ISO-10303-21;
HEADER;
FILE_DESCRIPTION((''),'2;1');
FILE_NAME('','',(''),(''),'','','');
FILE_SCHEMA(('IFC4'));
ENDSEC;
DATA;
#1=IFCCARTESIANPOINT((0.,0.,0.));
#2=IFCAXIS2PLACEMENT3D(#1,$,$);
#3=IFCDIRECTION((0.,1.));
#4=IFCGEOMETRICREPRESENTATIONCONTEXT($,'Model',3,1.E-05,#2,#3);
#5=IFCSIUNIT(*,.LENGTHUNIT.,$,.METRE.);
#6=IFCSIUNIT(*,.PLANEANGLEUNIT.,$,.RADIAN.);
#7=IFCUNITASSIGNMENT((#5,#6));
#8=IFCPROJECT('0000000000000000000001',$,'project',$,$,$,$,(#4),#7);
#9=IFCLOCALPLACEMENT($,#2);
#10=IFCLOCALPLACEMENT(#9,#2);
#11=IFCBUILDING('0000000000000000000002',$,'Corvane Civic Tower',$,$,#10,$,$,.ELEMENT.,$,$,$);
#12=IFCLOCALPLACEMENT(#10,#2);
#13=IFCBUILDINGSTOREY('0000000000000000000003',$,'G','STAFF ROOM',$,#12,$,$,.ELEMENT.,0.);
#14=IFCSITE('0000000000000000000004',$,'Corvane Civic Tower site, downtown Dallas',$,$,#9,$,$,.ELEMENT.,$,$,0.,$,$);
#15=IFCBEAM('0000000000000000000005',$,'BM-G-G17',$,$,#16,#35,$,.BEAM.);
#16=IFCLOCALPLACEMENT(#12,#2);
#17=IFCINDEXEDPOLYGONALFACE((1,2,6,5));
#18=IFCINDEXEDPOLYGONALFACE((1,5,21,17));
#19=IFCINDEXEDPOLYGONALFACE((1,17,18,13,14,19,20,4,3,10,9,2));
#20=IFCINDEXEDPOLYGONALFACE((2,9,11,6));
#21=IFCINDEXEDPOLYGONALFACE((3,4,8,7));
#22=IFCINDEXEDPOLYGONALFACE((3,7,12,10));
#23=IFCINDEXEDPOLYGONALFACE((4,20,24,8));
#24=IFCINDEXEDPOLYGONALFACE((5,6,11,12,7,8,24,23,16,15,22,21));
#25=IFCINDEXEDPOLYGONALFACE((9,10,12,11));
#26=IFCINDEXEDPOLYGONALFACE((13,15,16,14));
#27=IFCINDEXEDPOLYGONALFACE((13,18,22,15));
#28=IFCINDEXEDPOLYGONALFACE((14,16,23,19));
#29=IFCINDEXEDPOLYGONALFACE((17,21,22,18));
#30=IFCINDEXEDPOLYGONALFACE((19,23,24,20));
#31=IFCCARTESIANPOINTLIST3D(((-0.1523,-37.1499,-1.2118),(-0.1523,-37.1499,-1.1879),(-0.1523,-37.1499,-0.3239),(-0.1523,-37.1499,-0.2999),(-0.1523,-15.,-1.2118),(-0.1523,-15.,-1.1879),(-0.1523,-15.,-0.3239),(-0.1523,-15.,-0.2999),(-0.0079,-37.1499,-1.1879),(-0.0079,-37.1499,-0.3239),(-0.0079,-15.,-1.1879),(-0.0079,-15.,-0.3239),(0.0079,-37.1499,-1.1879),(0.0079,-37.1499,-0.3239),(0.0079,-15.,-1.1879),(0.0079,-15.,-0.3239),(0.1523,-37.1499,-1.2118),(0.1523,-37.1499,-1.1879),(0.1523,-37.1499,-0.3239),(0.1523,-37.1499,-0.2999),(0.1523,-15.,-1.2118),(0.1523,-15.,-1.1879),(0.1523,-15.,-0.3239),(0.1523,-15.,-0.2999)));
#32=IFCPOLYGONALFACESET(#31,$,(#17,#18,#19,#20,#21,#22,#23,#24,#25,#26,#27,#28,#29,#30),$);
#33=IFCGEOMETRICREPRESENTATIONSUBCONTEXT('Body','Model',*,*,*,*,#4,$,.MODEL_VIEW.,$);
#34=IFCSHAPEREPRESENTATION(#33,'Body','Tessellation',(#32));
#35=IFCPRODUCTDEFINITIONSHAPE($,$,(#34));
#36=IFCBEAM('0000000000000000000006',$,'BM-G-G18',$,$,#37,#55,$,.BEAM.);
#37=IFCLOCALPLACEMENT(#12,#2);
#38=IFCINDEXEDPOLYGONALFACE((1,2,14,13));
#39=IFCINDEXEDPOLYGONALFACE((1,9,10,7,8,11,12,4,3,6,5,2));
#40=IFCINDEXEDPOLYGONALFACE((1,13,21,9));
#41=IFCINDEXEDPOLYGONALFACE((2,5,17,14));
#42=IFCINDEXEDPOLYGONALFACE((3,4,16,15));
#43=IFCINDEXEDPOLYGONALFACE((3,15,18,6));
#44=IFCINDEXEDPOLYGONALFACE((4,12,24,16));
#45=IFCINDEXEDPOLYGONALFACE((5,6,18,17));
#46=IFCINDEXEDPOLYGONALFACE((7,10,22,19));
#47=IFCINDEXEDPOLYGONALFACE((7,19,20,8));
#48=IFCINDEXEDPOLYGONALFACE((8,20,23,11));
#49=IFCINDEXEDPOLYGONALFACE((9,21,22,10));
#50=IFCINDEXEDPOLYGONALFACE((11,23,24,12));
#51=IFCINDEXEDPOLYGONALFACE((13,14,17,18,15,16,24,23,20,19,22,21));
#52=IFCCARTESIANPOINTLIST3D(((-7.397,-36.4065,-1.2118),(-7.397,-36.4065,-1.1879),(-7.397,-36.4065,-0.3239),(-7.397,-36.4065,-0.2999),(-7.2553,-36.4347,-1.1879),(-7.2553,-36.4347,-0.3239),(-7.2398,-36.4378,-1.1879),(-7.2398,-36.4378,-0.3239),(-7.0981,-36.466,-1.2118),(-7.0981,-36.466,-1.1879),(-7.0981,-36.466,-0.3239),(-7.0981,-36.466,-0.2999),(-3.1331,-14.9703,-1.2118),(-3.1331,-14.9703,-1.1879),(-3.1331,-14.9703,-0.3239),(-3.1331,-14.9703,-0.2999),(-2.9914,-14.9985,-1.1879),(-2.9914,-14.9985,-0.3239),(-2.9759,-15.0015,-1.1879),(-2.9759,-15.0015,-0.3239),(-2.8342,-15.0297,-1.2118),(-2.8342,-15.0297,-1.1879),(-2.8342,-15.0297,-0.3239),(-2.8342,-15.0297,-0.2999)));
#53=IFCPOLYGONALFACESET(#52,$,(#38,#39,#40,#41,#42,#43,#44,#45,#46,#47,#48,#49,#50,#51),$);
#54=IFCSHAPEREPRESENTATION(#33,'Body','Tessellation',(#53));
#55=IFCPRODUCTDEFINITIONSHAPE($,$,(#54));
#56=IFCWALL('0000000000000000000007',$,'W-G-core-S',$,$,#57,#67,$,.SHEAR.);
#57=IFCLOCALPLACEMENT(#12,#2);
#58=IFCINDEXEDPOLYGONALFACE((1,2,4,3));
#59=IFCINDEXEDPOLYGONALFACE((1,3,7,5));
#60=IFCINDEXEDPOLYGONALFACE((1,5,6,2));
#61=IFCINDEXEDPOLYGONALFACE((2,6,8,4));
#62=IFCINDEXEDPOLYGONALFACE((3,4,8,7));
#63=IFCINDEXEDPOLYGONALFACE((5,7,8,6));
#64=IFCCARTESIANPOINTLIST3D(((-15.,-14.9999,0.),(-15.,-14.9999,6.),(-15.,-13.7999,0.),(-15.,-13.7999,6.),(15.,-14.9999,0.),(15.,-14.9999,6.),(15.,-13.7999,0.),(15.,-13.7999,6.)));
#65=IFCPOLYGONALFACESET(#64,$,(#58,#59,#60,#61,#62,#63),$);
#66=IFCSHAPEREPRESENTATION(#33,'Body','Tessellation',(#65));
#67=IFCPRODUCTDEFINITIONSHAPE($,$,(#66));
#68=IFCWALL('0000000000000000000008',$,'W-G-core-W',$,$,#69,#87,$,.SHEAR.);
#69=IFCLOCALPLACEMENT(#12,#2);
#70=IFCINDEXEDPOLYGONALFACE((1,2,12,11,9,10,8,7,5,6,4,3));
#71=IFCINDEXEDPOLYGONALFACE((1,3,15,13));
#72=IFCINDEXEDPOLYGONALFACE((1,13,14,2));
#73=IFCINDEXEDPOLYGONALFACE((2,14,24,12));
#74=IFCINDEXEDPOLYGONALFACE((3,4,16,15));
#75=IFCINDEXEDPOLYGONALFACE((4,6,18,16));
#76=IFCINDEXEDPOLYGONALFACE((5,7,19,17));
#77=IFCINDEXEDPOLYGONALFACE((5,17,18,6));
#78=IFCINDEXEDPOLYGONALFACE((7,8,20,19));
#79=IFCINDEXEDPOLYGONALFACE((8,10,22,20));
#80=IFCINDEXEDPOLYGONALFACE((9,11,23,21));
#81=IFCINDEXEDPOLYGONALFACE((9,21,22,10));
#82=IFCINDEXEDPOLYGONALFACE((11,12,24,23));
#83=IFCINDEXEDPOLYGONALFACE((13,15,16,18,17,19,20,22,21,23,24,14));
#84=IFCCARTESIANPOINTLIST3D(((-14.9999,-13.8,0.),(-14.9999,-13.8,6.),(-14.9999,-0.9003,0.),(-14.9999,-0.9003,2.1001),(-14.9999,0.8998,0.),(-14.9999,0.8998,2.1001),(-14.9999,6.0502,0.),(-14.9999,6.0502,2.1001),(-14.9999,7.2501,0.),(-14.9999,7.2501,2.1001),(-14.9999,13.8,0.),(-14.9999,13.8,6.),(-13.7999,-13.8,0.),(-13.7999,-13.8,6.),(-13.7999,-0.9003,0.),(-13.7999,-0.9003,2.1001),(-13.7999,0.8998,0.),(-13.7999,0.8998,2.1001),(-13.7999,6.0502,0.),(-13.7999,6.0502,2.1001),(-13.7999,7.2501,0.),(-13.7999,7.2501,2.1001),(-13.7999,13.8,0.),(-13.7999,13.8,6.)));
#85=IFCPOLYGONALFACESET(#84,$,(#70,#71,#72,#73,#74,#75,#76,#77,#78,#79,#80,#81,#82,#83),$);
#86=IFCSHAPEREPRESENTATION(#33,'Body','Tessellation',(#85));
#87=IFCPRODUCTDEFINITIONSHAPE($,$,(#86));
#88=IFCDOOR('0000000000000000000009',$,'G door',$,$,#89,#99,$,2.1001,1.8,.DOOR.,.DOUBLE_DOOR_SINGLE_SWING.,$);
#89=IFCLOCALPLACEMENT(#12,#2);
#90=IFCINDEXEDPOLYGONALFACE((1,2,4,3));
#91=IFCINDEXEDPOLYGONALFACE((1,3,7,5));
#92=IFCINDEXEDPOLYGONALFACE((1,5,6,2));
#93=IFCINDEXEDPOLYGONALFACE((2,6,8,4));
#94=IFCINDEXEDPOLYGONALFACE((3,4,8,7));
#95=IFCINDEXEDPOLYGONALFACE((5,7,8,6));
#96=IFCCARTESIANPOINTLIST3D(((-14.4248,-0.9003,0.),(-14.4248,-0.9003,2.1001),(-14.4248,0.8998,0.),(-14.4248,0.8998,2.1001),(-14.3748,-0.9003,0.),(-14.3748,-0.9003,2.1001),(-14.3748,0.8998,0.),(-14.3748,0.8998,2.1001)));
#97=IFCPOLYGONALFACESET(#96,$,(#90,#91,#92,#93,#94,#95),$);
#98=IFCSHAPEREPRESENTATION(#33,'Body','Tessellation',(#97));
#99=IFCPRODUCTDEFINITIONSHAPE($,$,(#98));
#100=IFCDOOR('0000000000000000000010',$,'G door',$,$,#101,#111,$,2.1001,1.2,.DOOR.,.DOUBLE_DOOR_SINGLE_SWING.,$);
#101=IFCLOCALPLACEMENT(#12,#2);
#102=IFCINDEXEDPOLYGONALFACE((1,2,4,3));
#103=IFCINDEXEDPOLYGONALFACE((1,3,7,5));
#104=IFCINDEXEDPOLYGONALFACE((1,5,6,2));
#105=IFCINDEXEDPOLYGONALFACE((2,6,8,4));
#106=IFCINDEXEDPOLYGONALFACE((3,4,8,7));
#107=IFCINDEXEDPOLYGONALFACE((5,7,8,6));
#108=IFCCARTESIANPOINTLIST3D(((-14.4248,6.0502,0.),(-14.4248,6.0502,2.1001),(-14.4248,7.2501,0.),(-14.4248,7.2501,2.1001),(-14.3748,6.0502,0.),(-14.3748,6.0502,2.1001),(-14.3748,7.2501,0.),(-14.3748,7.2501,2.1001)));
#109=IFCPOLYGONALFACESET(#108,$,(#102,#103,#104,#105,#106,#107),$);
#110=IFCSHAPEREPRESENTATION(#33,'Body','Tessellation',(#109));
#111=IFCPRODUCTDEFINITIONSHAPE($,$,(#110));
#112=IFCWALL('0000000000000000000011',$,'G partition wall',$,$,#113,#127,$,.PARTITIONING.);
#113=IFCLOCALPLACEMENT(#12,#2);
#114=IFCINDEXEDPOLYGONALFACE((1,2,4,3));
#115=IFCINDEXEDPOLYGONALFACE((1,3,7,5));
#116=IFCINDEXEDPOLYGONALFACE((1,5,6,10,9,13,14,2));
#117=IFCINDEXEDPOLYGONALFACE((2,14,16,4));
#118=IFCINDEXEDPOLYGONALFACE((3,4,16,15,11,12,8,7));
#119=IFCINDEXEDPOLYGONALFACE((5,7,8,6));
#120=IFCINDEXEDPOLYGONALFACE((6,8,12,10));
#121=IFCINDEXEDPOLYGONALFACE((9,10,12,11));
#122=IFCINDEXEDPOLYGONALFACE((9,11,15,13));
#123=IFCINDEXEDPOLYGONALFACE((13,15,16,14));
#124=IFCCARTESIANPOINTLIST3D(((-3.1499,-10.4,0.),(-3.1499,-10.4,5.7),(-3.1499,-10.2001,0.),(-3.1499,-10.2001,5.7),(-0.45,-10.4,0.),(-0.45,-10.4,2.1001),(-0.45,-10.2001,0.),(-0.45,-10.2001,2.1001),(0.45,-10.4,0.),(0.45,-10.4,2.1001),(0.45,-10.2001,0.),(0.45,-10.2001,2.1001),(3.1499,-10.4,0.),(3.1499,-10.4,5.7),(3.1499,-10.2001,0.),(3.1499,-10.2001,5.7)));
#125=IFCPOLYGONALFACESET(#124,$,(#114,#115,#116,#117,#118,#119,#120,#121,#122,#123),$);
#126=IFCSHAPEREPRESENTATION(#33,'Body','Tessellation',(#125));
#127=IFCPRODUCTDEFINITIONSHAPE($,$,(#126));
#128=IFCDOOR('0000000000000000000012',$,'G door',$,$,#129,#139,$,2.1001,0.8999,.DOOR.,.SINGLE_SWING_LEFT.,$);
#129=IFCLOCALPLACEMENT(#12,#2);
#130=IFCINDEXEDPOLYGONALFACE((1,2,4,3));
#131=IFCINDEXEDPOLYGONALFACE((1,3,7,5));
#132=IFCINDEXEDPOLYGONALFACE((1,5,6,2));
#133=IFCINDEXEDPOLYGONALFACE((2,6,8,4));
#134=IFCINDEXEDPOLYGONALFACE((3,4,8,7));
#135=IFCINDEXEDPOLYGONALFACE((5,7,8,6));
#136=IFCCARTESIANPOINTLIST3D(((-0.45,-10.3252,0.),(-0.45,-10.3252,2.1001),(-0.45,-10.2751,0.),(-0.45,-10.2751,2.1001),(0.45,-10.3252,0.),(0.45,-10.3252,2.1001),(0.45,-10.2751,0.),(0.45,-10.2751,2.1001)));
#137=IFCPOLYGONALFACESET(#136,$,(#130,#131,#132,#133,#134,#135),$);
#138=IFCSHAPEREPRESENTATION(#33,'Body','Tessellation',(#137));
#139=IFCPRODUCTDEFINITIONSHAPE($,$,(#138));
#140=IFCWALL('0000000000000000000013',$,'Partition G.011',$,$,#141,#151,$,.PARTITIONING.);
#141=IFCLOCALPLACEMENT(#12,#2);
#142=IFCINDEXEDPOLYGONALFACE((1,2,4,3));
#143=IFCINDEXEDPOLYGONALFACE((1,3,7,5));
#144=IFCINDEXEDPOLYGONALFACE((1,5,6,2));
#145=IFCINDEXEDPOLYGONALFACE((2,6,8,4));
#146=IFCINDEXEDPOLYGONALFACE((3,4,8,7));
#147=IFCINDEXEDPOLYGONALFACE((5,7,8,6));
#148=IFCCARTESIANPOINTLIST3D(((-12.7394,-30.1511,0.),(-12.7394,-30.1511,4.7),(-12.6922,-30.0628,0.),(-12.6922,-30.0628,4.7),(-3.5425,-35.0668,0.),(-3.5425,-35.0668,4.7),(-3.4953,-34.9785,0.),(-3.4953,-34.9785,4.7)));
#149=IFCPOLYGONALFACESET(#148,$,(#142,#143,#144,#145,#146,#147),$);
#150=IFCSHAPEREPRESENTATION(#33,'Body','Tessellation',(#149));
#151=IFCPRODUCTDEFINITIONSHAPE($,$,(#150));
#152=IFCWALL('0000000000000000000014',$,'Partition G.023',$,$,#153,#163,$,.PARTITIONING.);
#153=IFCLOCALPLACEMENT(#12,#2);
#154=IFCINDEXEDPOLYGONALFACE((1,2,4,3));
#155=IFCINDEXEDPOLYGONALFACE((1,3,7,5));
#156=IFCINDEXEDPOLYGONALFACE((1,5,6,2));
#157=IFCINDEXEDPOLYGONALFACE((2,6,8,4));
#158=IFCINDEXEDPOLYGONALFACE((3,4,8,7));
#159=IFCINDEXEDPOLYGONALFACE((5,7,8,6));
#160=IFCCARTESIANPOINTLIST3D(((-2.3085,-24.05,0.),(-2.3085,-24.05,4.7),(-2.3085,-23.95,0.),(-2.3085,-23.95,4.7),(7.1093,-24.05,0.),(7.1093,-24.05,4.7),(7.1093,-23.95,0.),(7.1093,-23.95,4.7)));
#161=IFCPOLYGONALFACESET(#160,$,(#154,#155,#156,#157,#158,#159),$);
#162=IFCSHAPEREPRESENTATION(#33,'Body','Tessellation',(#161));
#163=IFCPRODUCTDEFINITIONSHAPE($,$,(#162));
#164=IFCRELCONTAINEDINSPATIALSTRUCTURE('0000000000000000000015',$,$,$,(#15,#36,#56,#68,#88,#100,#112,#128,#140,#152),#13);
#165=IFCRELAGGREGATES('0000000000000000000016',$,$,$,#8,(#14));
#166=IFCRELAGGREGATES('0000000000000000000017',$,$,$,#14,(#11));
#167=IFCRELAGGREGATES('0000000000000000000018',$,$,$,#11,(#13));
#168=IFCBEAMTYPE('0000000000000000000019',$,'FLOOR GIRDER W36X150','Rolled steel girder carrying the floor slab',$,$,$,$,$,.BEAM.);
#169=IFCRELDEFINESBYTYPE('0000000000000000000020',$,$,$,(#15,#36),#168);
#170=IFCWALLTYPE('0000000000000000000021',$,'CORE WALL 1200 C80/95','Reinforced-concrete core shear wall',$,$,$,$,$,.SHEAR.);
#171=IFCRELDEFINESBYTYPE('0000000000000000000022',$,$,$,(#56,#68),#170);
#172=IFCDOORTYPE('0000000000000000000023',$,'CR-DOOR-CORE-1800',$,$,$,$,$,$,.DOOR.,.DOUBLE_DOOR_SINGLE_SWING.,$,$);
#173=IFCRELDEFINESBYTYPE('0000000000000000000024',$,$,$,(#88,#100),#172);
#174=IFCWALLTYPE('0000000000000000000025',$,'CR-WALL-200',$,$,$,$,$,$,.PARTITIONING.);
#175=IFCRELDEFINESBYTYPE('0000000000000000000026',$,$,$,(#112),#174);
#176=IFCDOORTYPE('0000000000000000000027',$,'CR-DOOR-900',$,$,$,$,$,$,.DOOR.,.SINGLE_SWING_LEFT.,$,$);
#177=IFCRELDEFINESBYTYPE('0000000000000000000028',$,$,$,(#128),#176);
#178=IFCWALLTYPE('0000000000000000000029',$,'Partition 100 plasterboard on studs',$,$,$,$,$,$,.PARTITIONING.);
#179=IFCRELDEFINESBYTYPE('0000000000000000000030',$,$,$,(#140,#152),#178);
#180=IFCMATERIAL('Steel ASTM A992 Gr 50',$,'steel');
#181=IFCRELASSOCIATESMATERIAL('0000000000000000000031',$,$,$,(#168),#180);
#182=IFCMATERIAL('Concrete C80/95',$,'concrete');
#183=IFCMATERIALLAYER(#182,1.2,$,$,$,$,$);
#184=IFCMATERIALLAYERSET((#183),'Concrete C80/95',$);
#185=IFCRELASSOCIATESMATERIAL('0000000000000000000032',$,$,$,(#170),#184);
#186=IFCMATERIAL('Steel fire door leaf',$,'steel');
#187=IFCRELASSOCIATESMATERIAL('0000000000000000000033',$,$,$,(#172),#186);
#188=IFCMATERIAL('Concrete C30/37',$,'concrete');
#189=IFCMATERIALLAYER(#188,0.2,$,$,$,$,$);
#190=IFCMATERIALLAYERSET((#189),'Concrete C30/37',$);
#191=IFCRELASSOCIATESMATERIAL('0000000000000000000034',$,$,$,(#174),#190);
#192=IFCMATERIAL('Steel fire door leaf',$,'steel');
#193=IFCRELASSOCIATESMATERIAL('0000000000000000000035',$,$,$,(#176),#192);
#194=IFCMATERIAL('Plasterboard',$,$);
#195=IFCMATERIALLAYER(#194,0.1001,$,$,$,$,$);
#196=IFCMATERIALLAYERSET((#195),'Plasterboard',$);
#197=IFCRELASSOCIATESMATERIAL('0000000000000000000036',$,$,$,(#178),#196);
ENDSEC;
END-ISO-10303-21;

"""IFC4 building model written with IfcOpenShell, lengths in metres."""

from ifc_helpers import new_model, si_unit, direction, frame, frame_2d, origin, origin_2d, place, context, subcontext, project, spatial, rectangle, i_section, extrude, material, layer, layer_set, material_profile, profile_set, type_object, element, fill, save


model = new_model("IFC4")

# Units and contexts
model_context = context("Model", 3, precision=1e-05, world=origin(), true_north=direction((0.0, 1.0)))
body_context = subcontext(model_context, "Body", "Model", "MODEL_VIEW")
ifc_project = project(units=[si_unit("LENGTHUNIT", "METRE"), si_unit("PLANEANGLEUNIT", "RADIAN")], contexts=[model_context])

# Site, building, storey
site_placement = place(None, origin())
site = spatial("IfcSite", under=ifc_project, at=site_placement, Name="Corvane Civic Tower site, downtown Dallas", CompositionType="ELEMENT", RefElevation=0.0)
building_placement = place(site_placement, origin())
building = spatial("IfcBuilding", under=site, at=building_placement, Name="Corvane Civic Tower", CompositionType="ELEMENT")
storey_placement = place(building_placement, origin())
storey = spatial("IfcBuildingStorey", under=building, at=storey_placement, Name="G", Description="STAFF ROOM", CompositionType="ELEMENT", Elevation=0.0)

# Beams
ifc_material_1 = material(Name="Steel ASTM A992 Gr 50", Category="steel")
ifc_material_profile_1 = material_profile(ifc_material_1, i_section(OverallWidth=0.3047, OverallDepth=0.9119, WebThickness=0.0159, FlangeThickness=0.0239, at=origin_2d()), Name="W36X150")
ifc_profile_set_1 = profile_set([ifc_material_profile_1], Name="Steel ASTM A992 Gr 50")
beam_type_1 = type_object("IfcBeamType", Name="FLOOR GIRDER W36X150", Description="Rolled steel girder carrying the floor slab", PredefinedType="BEAM", material=ifc_profile_set_1)
beam_1_placement = place(storey_placement, frame((0.0, -15.0, -0.7559), z_axis=(0.0, -1.0, 0.0), x_axis=(1.0, 0.0, 0.0)))
element("IfcBeam", 1, at=beam_1_placement, inside=storey, type_object=beam_type_1, Name="BM-G-G17", PredefinedType="BEAM", context=body_context, shape_type="SweptSolid", body=[
    extrude(i_section(OverallWidth=0.3047, OverallDepth=0.9119, WebThickness=0.0159, FlangeThickness=0.0239, at=origin_2d()), origin(), (0.0, 0.0, 1.0), 22.1499),
])
beam_2_placement = place(storey_placement, frame((-2.9836, -15.0, -0.7559), z_axis=(-0.195089, -0.980785, 0.0), x_axis=(0.980785, -0.195089, 0.0)))
element("IfcBeam", 2, at=beam_2_placement, inside=storey, type_object=beam_type_1, Name="BM-G-G18", PredefinedType="BEAM", context=body_context, shape_type="SweptSolid", body=[
    extrude(i_section(OverallWidth=0.3047, OverallDepth=0.9119, WebThickness=0.0159, FlangeThickness=0.0239, at=origin_2d()), origin(), (0.0, 0.0, 1.0), 21.8562),
])

# Wall
ifc_material_2 = material(Name="Concrete C80/95", Category="concrete")
ifc_layer_1 = layer(ifc_material_2, 1.2)
ifc_layer_set_1 = layer_set([ifc_layer_1], Name="Concrete C80/95")
wall_type_1 = type_object("IfcWallType", Name="CORE WALL 1200 C80/95", Description="Reinforced-concrete core shear wall", PredefinedType="SHEAR", material=ifc_layer_set_1)
wall_1_placement = place(storey_placement, frame((-15.0, -14.3999, 0.0), z_axis=(0.0, 0.0, 1.0), x_axis=(1.0, 0.0, 0.0)))
element("IfcWall", 3, at=wall_1_placement, inside=storey, type_object=wall_type_1, Name="W-G-core-S", PredefinedType="SHEAR", context=body_context, shape_type="SweptSolid", body=[
    extrude(rectangle(XDim=30.0, YDim=1.2, at=frame_2d((15.0, 0.0))), origin(), (0.0, 0.0, 1.0), 6.0),
])

# Wall, openings, doors
wall_2_placement = place(storey_placement, frame((-14.3999, -13.8, 0.0), z_axis=(0.0, 0.0, 1.0), x_axis=(0.0, 1.0, 0.0)))
wall_2 = element("IfcWall", 4, at=wall_2_placement, inside=storey, type_object=wall_type_1, Name="W-G-core-W", PredefinedType="SHEAR", context=body_context, shape_type="SweptSolid", body=[
    extrude(rectangle(XDim=27.6001, YDim=1.2, at=frame_2d((13.8, 0.0))), origin(), (0.0, 0.0, 1.0), 6.0),
])
opening_1_placement = place(wall_2_placement, frame((12.8999, 0.0, 0.0)))
opening_1 = element("IfcOpeningElement", 5, at=opening_1_placement, cuts=wall_2, PredefinedType="OPENING", context=body_context, shape_type="SweptSolid", body=[
    extrude(rectangle(XDim=1.8, YDim=2.1001, at=frame_2d((0.8999, 1.05))), frame((0.0, 0.6099, 0.0), z_axis=(0.0, -1.0, 0.0), x_axis=(1.0, 0.0, 0.0)), (0.0, 0.0, 1.0), 1.22),
])
opening_2_placement = place(wall_2_placement, frame((19.8501, 0.0, 0.0)))
opening_2 = element("IfcOpeningElement", 6, at=opening_2_placement, cuts=wall_2, PredefinedType="OPENING", context=body_context, shape_type="SweptSolid", body=[
    extrude(rectangle(XDim=1.2, YDim=2.1001, at=frame_2d((0.6001, 1.05))), frame((0.0, 0.6099, 0.0), z_axis=(0.0, -1.0, 0.0), x_axis=(1.0, 0.0, 0.0)), (0.0, 0.0, 1.0), 1.22),
])
ifc_material_3 = material(Name="Steel fire door leaf", Category="steel")
door_type_1 = type_object("IfcDoorType", Name="CR-DOOR-CORE-1800", OperationType="DOUBLE_DOOR_SINGLE_SWING", PredefinedType="DOOR", material=ifc_material_3)
door_1_placement = place(opening_1_placement, origin())
door_1 = element("IfcDoor", 7, at=door_1_placement, inside=storey, type_object=door_type_1, Name="G door", OperationType="DOUBLE_DOOR_SINGLE_SWING", OverallHeight=2.1001, OverallWidth=1.8, PredefinedType="DOOR", context=body_context, shape_type="SweptSolid", body=[
    extrude(rectangle(XDim=1.8, YDim=2.1001, at=frame_2d((0.8999, 1.05))), frame((0.0, 0.0249, 0.0), z_axis=(0.0, -1.0, 0.0), x_axis=(1.0, 0.0, 0.0)), (0.0, 0.0, 1.0), 0.05),
])
fill(opening_1, door_1)
door_2_placement = place(opening_2_placement, origin())
door_2 = element("IfcDoor", 8, at=door_2_placement, inside=storey, type_object=door_type_1, Name="G door", OperationType="DOUBLE_DOOR_SINGLE_SWING", OverallHeight=2.1001, OverallWidth=1.2, PredefinedType="DOOR", context=body_context, shape_type="SweptSolid", body=[
    extrude(rectangle(XDim=1.2, YDim=2.1001, at=frame_2d((0.6001, 1.05))), frame((0.0, 0.0249, 0.0), z_axis=(0.0, -1.0, 0.0), x_axis=(1.0, 0.0, 0.0)), (0.0, 0.0, 1.0), 0.05),
])
fill(opening_2, door_2)

# Wall, opening, door
ifc_material_4 = material(Name="Concrete C30/37", Category="concrete")
ifc_layer_2 = layer(ifc_material_4, 0.2)
ifc_layer_set_2 = layer_set([ifc_layer_2], Name="Concrete C30/37")
wall_type_2 = type_object("IfcWallType", Name="CR-WALL-200", PredefinedType="PARTITIONING", material=ifc_layer_set_2)
wall_3_placement = place(storey_placement, frame((-3.1499, -10.3, 0.0), z_axis=(0.0, 0.0, 1.0), x_axis=(1.0, 0.0, 0.0)))
wall_3 = element("IfcWall", 9, at=wall_3_placement, inside=storey, type_object=wall_type_2, Name="G partition wall", PredefinedType="PARTITIONING", context=body_context, shape_type="SweptSolid", body=[
    extrude(rectangle(XDim=6.2998, YDim=0.2, at=frame_2d((3.1499, 0.0))), origin(), (0.0, 0.0, 1.0), 5.7),
])
opening_3_placement = place(wall_3_placement, frame((2.7, 0.0, 0.0)))
opening_3 = element("IfcOpeningElement", 10, at=opening_3_placement, cuts=wall_3, PredefinedType="OPENING", context=body_context, shape_type="SweptSolid", body=[
    extrude(rectangle(XDim=0.8999, YDim=2.1001, at=frame_2d((0.45, 1.05))), frame((0.0, 0.1099, 0.0), z_axis=(0.0, -1.0, 0.0), x_axis=(1.0, 0.0, 0.0)), (0.0, 0.0, 1.0), 0.22),
])
ifc_material_5 = material(Name="Steel fire door leaf", Category="steel")
door_type_2 = type_object("IfcDoorType", Name="CR-DOOR-900", OperationType="SINGLE_SWING_LEFT", PredefinedType="DOOR", material=ifc_material_5)
door_3_placement = place(opening_3_placement, origin())
door_3 = element("IfcDoor", 11, at=door_3_placement, inside=storey, type_object=door_type_2, Name="G door", OperationType="SINGLE_SWING_LEFT", OverallHeight=2.1001, OverallWidth=0.8999, PredefinedType="DOOR", context=body_context, shape_type="SweptSolid", body=[
    extrude(rectangle(XDim=0.8999, YDim=2.1001, at=frame_2d((0.45, 1.05))), frame((0.0, 0.0249, 0.0), z_axis=(0.0, -1.0, 0.0), x_axis=(1.0, 0.0, 0.0)), (0.0, 0.0, 1.0), 0.05),
])
fill(opening_3, door_3)

# Walls
ifc_material_6 = material(Name="Plasterboard")
ifc_layer_3 = layer(ifc_material_6, 0.1001)
ifc_layer_set_3 = layer_set([ifc_layer_3], Name="Plasterboard")
wall_type_3 = type_object("IfcWallType", Name="Partition 100 plasterboard on studs", PredefinedType="PARTITIONING", material=ifc_layer_set_3)
wall_4_placement = place(storey_placement, frame((-12.7158, -30.1069, 0.0), z_axis=(0.0, 0.0, 1.0), x_axis=(0.881927, -0.471386, 0.0)))
element("IfcWall", 12, at=wall_4_placement, inside=storey, type_object=wall_type_3, Name="Partition G.011", PredefinedType="PARTITIONING", context=body_context, shape_type="SweptSolid", body=[
    extrude(rectangle(XDim=10.4282, YDim=0.1001, at=frame_2d((5.2141, 0.0))), origin(), (0.0, 0.0, 1.0), 4.7),
])
wall_5_placement = place(storey_placement, frame((-2.3086, -24.0, 0.0), z_axis=(0.0, 0.0, 1.0), x_axis=(1.0, 0.0, 0.0)))
element("IfcWall", 13, at=wall_5_placement, inside=storey, type_object=wall_type_3, Name="Partition G.023", PredefinedType="PARTITIONING", context=body_context, shape_type="SweptSolid", body=[
    extrude(rectangle(XDim=9.4177, YDim=0.1001, at=frame_2d((4.709, 0.0))), origin(), (0.0, 0.0, 1.0), 4.7),
])

save(model, "model.ifc")
